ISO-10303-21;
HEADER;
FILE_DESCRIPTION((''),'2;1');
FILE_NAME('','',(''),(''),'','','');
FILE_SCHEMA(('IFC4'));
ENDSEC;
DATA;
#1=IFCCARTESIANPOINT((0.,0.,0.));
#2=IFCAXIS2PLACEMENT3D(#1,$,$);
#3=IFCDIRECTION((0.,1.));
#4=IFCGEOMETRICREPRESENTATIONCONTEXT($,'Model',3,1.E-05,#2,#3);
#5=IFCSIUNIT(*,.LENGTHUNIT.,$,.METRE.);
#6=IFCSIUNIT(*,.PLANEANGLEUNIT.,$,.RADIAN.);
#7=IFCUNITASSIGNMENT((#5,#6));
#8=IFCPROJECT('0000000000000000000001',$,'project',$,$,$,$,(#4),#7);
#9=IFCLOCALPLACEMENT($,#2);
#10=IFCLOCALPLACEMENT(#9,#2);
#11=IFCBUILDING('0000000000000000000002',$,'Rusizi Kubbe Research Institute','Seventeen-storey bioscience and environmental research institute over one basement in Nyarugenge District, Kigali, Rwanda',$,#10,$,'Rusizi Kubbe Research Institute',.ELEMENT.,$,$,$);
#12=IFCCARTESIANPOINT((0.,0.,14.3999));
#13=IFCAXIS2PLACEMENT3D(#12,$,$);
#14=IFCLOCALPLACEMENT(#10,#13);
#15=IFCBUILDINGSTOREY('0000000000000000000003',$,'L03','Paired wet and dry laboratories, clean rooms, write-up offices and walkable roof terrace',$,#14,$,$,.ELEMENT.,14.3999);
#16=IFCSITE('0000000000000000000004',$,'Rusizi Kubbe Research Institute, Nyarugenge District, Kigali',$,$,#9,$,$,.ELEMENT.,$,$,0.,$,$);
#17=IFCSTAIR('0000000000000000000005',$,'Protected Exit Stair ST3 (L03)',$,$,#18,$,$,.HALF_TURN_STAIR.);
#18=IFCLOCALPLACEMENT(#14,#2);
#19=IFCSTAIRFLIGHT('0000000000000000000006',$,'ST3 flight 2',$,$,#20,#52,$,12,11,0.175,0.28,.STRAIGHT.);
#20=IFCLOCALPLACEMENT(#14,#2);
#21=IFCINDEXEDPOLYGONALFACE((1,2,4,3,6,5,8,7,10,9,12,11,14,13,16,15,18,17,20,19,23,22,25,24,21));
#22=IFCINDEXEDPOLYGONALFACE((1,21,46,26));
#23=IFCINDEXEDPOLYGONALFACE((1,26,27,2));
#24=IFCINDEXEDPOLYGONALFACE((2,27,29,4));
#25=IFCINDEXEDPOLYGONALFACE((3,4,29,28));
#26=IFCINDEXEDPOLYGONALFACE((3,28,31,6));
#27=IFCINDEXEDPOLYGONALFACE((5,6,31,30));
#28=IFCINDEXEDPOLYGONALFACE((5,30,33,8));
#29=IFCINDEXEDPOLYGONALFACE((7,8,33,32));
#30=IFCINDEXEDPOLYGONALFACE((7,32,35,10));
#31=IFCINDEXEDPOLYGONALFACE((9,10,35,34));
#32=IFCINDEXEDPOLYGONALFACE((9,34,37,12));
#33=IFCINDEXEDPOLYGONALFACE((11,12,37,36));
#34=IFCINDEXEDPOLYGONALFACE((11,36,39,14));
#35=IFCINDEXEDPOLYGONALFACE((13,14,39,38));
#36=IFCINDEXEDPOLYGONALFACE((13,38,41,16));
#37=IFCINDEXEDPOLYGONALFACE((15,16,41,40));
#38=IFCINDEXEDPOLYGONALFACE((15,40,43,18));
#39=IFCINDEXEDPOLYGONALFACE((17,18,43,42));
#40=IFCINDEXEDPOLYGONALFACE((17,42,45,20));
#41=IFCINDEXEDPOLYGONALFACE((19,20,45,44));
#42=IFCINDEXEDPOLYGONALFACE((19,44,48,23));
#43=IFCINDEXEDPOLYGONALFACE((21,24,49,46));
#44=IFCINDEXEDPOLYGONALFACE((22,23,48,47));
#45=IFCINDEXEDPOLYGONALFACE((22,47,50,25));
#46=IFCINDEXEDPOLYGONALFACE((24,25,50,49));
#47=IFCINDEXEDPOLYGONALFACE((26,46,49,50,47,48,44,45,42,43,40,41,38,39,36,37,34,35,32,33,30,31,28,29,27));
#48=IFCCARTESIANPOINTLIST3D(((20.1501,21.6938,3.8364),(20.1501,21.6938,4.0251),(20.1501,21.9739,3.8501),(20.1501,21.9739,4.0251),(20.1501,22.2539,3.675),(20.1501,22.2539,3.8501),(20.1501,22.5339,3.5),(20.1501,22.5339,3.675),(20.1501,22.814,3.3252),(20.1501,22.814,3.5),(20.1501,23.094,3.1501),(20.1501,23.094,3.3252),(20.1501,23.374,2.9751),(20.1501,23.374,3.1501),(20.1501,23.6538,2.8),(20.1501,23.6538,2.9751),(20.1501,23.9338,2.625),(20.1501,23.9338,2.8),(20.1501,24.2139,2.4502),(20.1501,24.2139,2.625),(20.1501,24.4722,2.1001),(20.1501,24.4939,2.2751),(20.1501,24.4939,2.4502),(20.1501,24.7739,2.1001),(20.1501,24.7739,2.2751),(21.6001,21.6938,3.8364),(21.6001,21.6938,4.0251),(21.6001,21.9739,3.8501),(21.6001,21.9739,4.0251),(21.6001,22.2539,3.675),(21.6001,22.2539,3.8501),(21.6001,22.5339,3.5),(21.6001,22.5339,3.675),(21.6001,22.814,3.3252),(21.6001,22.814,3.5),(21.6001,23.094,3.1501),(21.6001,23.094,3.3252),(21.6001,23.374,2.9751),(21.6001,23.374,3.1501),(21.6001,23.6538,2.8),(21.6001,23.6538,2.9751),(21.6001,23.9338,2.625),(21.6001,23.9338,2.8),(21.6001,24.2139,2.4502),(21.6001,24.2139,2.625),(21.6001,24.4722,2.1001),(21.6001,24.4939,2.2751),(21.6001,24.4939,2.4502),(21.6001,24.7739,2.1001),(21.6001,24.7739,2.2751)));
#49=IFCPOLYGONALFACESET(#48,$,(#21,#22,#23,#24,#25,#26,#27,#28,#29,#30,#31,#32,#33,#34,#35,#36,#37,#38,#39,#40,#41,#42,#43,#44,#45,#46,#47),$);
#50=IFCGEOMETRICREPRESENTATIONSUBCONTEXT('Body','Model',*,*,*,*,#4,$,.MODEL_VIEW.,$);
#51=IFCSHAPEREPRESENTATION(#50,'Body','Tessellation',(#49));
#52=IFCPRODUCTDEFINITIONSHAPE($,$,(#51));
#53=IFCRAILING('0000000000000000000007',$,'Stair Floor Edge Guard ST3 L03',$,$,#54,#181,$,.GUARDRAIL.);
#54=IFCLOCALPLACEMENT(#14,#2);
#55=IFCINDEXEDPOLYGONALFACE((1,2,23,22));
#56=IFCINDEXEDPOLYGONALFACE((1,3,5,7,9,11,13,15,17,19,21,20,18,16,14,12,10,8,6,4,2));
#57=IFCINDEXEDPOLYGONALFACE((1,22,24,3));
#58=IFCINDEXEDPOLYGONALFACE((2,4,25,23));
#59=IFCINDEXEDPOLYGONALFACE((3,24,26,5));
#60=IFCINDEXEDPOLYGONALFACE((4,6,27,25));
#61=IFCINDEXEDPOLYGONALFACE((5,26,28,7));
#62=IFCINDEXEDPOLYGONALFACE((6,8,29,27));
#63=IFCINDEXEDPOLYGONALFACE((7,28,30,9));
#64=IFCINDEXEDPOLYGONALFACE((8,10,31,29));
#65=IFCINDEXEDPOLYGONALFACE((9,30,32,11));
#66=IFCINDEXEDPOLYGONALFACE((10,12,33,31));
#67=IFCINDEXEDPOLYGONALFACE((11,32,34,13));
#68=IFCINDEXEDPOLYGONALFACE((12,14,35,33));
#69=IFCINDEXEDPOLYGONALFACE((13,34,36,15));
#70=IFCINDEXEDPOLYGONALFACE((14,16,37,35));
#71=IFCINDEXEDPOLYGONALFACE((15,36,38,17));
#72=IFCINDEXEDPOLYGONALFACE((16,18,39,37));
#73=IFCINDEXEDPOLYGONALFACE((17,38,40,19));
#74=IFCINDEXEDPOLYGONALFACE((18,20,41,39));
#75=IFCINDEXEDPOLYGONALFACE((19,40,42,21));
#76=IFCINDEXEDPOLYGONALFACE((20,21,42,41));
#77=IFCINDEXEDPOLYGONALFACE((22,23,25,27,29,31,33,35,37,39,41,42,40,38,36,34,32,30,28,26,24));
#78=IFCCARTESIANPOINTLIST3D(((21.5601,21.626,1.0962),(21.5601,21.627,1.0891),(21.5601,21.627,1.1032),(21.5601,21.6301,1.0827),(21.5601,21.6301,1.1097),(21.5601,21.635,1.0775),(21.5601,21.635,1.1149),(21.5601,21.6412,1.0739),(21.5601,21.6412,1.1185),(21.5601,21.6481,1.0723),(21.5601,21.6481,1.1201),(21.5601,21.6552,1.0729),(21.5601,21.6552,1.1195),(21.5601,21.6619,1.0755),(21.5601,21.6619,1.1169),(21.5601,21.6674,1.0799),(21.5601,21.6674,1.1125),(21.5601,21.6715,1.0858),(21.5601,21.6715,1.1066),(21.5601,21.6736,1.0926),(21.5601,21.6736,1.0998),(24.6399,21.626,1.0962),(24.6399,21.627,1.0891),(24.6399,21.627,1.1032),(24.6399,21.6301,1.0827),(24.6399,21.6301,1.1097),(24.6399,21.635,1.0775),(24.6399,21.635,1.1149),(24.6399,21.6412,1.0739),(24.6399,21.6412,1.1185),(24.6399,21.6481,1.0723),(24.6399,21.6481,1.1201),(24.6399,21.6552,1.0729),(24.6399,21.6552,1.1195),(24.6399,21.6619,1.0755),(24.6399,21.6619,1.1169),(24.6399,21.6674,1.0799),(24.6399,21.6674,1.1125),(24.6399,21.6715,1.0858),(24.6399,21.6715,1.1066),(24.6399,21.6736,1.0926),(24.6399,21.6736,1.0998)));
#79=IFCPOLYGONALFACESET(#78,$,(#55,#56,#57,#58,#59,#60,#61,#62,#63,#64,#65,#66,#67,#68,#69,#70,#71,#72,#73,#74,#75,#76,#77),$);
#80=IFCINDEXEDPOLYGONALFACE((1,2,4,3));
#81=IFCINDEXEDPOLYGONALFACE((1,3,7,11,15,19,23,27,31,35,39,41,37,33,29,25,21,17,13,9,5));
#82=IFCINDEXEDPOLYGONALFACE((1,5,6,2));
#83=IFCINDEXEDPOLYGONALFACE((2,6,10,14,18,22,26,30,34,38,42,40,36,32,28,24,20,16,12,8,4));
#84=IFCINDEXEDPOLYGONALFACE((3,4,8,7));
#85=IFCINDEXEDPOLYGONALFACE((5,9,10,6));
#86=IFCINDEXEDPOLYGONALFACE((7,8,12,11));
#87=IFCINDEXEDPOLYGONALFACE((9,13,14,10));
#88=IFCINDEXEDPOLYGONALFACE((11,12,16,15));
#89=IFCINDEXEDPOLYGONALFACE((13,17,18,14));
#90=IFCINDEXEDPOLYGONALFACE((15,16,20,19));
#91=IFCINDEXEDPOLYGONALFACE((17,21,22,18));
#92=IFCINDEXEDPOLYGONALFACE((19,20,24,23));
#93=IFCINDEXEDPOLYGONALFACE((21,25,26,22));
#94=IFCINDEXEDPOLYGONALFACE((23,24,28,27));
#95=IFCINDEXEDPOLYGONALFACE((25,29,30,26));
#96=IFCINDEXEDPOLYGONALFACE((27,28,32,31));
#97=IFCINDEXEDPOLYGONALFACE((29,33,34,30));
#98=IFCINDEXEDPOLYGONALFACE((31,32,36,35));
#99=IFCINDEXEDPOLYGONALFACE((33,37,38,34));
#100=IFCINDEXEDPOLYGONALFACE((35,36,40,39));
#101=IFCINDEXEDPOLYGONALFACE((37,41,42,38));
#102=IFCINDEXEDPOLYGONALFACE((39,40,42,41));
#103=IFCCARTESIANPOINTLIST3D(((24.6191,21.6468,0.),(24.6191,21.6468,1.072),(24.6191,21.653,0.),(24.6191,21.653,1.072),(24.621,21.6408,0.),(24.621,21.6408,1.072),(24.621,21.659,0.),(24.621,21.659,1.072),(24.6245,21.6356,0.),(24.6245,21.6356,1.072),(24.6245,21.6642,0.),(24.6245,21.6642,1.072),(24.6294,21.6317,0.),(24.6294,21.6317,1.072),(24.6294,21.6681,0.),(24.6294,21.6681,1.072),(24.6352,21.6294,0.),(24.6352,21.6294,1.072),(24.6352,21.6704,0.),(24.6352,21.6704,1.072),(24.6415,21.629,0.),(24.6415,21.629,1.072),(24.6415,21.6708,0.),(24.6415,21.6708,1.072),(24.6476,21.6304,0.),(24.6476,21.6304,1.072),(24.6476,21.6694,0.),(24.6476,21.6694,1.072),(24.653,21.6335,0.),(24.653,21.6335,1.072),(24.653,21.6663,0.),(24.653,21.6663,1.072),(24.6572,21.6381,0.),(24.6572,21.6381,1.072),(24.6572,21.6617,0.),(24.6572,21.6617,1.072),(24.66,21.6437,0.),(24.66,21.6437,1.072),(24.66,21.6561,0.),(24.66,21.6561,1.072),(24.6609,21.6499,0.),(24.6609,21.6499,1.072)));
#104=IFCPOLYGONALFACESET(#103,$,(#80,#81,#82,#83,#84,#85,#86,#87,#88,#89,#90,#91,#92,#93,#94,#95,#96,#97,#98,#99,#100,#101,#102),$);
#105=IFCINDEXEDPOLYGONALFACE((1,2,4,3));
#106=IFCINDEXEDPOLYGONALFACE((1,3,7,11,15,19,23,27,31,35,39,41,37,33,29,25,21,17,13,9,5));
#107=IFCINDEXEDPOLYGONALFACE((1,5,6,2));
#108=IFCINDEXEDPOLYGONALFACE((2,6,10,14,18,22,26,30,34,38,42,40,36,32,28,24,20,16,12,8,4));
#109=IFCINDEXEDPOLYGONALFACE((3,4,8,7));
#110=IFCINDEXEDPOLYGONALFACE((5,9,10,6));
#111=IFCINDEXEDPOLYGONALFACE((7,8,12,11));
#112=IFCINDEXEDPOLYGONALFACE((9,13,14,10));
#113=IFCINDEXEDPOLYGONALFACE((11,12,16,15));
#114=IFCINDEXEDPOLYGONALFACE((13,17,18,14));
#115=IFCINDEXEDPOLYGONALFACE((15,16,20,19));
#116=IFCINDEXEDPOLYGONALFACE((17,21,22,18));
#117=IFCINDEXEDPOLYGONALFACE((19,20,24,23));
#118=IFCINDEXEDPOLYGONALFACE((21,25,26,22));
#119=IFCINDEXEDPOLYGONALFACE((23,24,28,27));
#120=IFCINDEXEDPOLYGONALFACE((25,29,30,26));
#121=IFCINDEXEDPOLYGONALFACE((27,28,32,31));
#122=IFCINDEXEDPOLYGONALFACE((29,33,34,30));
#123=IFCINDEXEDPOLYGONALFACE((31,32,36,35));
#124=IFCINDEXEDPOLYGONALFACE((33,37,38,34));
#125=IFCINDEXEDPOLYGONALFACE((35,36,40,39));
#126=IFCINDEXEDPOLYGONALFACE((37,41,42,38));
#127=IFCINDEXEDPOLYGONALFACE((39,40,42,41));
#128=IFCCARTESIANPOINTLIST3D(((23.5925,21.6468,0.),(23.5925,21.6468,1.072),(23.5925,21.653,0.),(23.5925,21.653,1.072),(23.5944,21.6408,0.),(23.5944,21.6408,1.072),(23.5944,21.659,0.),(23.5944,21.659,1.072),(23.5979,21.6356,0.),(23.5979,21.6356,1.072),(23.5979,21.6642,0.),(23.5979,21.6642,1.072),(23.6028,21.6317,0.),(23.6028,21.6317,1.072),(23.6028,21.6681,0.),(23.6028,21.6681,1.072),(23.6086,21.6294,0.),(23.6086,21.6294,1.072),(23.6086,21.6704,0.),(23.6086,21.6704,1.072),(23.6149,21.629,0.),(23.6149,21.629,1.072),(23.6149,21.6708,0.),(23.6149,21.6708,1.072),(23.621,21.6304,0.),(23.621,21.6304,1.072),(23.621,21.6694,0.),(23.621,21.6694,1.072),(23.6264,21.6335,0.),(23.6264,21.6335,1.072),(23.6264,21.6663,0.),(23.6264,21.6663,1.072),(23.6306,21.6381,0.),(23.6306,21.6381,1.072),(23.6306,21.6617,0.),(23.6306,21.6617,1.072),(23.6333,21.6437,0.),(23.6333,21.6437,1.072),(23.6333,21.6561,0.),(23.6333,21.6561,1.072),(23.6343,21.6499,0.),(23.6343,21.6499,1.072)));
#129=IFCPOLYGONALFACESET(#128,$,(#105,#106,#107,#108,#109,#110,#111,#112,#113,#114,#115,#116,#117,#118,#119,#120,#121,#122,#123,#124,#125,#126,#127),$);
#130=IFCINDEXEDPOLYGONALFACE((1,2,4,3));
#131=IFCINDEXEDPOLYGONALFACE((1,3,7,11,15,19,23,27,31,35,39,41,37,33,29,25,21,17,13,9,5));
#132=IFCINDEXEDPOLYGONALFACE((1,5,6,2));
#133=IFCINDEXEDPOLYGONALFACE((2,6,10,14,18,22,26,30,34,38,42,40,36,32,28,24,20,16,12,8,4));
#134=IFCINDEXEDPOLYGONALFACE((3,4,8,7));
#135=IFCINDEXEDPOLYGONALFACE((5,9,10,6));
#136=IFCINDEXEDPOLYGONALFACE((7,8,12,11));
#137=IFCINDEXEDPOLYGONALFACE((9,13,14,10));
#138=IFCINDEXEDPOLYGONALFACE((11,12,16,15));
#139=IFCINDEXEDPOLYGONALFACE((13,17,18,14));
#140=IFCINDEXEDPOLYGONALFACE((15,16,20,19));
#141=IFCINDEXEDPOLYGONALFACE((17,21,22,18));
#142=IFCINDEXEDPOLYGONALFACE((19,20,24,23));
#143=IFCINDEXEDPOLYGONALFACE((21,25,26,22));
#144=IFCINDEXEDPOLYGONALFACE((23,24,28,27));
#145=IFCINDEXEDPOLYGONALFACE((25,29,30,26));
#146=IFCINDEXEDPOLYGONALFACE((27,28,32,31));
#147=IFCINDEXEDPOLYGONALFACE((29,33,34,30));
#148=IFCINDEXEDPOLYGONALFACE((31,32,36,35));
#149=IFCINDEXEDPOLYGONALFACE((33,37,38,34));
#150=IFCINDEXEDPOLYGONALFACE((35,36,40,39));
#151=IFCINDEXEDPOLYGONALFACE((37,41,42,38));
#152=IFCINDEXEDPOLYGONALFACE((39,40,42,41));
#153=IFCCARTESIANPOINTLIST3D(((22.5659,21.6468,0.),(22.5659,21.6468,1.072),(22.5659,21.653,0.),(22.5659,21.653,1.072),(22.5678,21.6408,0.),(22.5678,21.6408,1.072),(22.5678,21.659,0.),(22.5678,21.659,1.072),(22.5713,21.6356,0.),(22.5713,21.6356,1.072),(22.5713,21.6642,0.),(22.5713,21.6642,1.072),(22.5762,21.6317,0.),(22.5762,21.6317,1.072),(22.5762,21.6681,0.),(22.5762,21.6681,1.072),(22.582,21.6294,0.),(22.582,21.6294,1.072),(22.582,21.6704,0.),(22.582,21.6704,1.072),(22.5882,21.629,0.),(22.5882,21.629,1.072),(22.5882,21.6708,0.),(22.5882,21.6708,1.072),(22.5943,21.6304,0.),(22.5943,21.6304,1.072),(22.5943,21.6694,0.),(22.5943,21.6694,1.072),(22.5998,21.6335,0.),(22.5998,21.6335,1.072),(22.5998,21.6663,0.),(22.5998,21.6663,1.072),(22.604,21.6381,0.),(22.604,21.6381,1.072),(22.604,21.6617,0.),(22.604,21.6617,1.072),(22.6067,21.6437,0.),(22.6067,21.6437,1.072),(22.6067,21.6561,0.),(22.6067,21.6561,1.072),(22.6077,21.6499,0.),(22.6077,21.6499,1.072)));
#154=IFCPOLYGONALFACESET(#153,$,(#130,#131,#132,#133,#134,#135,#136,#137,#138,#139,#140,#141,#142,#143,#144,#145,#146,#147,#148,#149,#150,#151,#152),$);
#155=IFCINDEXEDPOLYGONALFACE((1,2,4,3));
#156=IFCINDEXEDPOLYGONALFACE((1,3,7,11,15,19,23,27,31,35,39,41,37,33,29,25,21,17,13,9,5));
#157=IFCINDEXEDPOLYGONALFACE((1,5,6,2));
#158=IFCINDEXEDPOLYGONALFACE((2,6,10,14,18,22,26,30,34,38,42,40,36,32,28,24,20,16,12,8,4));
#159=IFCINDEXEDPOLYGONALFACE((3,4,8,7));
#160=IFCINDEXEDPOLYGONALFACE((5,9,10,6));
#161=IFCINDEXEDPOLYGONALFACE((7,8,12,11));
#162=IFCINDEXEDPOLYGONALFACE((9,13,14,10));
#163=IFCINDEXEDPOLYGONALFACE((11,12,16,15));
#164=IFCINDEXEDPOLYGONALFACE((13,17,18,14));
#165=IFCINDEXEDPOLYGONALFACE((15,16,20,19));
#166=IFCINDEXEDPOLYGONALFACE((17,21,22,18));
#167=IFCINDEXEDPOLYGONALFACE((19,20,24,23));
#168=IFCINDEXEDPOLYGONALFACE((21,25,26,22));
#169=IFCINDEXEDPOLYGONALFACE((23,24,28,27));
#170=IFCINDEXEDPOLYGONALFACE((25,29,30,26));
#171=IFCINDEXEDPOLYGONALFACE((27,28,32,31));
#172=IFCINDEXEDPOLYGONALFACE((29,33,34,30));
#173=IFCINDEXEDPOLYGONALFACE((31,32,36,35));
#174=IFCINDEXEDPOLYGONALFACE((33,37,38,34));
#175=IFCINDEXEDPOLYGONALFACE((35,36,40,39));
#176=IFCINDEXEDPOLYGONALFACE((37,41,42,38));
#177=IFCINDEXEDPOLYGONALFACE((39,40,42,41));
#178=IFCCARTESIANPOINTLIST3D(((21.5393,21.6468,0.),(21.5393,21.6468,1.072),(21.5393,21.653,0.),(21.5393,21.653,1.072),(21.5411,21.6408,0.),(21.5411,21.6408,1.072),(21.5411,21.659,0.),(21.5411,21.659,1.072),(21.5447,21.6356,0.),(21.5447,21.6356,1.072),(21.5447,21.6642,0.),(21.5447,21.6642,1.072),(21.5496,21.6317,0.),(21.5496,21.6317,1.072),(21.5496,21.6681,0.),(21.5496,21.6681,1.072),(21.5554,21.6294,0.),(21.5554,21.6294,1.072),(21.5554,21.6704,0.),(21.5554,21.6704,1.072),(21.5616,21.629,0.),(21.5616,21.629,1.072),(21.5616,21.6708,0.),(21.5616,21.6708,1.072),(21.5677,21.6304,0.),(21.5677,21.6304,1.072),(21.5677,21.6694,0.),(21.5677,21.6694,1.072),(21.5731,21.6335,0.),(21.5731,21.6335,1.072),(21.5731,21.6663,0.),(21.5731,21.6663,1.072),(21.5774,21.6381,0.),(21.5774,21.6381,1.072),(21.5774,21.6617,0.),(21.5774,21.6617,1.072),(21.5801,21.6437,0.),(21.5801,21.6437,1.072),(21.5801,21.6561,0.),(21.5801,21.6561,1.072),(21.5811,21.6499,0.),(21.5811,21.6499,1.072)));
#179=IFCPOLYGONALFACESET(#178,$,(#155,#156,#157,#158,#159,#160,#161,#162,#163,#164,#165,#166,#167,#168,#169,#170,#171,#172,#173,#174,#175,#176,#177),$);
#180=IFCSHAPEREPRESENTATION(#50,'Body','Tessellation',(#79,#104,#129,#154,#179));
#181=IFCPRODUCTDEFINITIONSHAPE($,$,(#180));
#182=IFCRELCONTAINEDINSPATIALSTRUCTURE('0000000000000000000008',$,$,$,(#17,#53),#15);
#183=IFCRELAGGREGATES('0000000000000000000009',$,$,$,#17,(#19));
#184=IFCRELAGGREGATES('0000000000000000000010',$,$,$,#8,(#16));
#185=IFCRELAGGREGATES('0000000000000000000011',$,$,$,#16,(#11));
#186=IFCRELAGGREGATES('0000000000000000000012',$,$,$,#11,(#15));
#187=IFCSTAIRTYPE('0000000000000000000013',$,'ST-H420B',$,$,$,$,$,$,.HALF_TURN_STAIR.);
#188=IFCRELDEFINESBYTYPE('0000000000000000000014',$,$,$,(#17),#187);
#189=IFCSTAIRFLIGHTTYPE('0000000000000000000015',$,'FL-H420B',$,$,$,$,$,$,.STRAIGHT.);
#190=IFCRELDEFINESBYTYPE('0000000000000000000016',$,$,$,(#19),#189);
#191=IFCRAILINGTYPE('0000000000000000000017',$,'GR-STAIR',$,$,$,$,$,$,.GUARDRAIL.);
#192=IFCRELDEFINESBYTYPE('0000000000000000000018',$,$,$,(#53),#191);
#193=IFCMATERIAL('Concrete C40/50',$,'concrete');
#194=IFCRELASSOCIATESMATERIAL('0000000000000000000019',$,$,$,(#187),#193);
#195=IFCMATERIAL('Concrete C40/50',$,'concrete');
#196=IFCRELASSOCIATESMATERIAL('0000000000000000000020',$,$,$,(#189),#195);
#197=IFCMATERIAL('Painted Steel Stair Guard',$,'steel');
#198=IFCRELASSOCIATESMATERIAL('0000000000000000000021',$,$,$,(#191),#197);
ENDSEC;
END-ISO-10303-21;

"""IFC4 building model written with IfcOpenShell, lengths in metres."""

from ifc_helpers import new_model, si_unit, direction, frame, origin, origin_2d, place, context, subcontext, project, spatial, polyline, circle, outline, extrude, material, type_object, element, aggregate, save


model = new_model("IFC4")

# Units and contexts
model_context = context("Model", 3, precision=1e-05, world=origin(), true_north=direction((0.0, 1.0)))
body_context = subcontext(model_context, "Body", "Model", "MODEL_VIEW")
ifc_project = project(units=[si_unit("LENGTHUNIT", "METRE"), si_unit("PLANEANGLEUNIT", "RADIAN")], contexts=[model_context])

# Site, building, storey
site_placement = place(None, origin())
site = spatial("IfcSite", under=ifc_project, at=site_placement, Name="Rusizi Kubbe Research Institute, Nyarugenge District, Kigali", CompositionType="ELEMENT", RefElevation=0.0)
building_placement = place(site_placement, origin())
building = spatial("IfcBuilding", under=site, at=building_placement, Name="Rusizi Kubbe Research Institute", Description="Seventeen-storey bioscience and environmental research institute over one basement in Nyarugenge District, Kigali, Rwanda", LongName="Rusizi Kubbe Research Institute", CompositionType="ELEMENT")
storey_placement = place(building_placement, frame((0.0, 0.0, 14.3999)))
storey = spatial("IfcBuildingStorey", under=building, at=storey_placement, Name="L03", Description="Paired wet and dry laboratories, clean rooms, write-up offices and walkable roof terrace", CompositionType="ELEMENT", Elevation=14.3999)

# Stair, stair flight
ifc_material_1 = material(Name="Concrete C40/50", Category="concrete")
stair_type = type_object("IfcStairType", Name="ST-H420B", PredefinedType="HALF_TURN_STAIR", material=ifc_material_1)
stair_placement = place(storey_placement, origin())
stair = element("IfcStair", 1, at=stair_placement, inside=storey, type_object=stair_type, Name="Protected Exit Stair ST3 (L03)", PredefinedType="HALF_TURN_STAIR")
ifc_material_2 = material(Name="Concrete C40/50", Category="concrete")
stair_flight_type = type_object("IfcStairFlightType", Name="FL-H420B", PredefinedType="STRAIGHT", material=ifc_material_2)
stair_flight_1_placement = place(storey_placement, frame((20.875, 24.7739, 2.1001), z_axis=(0.0, 0.0, 1.0), x_axis=(0.0, -1.0, 0.0)))
stair_flight_1 = element("IfcStairFlight", 2, at=stair_flight_1_placement, type_object=stair_flight_type, Name="ST3 flight 2", NumberOfRisers=12, NumberOfTreads=11, PredefinedType="STRAIGHT", RiserHeight=0.175, TreadLength=0.28, context=body_context, shape_type="SweptSolid", body=[
    extrude(outline(polyline([(0.0, 0.0), (0.0, 0.175), (0.28, 0.175), (0.28, 0.3501), (0.5601, 0.3501), (0.5601, 0.5249), (0.8401, 0.5249), (0.8401, 0.7), (1.1201, 0.7), (1.1201, 0.875), (1.3999, 0.875), (1.3999, 1.05), (1.6799, 1.05), (1.6799, 1.2251), (1.96, 1.2251), (1.96, 1.3999), (2.24, 1.3999), (2.24, 1.575), (2.52, 1.575), (2.52, 1.75), (2.8, 1.75), (2.8, 1.925), (3.0801, 1.925), (3.0801, 2.1001), (3.0801, 1.7363), (0.3018, 0.0), (0.0, 0.0)])), frame((0.0, 0.7251, 0.0), z_axis=(0.0, -1.0, 0.0), x_axis=(1.0, 0.0, 0.0)), (0.0, 0.0, 1.0), 1.45),
])
aggregate(stair, [stair_flight_1])

# Railing
ifc_material_3 = material(Name="Painted Steel Stair Guard", Category="steel")
railing_type_1 = type_object("IfcRailingType", Name="GR-STAIR", PredefinedType="GUARDRAIL", material=ifc_material_3)
railing_1_placement = place(storey_placement, frame((24.6399, 21.6499, 0.0)))
element("IfcRailing", 3, at=railing_1_placement, inside=storey, type_object=railing_type_1, Name="Stair Floor Edge Guard ST3 L03", PredefinedType="GUARDRAIL", context=body_context, shape_type="SweptSolid", body=[
    extrude(circle(Radius=0.0239, at=origin_2d()), frame((0.0, 0.0, 1.0962), z_axis=(-1.0, 0.0, 0.0), x_axis=(0.0, -1.0, 0.0)), (0.0, 0.0, 1.0), 3.0798),
    extrude(circle(Radius=0.021, at=origin_2d()), origin(), (0.0, 0.0, 1.0), 1.072),
    extrude(circle(Radius=0.021, at=origin_2d()), frame((-1.0266, 0.0, 0.0)), (0.0, 0.0, 1.0), 1.072),
    extrude(circle(Radius=0.021, at=origin_2d()), frame((-2.0532, 0.0, 0.0)), (0.0, 0.0, 1.0), 1.072),
    extrude(circle(Radius=0.021, at=origin_2d()), frame((-3.0798, 0.0, 0.0)), (0.0, 0.0, 1.0), 1.072),
])

save(model, "model.ifc")
